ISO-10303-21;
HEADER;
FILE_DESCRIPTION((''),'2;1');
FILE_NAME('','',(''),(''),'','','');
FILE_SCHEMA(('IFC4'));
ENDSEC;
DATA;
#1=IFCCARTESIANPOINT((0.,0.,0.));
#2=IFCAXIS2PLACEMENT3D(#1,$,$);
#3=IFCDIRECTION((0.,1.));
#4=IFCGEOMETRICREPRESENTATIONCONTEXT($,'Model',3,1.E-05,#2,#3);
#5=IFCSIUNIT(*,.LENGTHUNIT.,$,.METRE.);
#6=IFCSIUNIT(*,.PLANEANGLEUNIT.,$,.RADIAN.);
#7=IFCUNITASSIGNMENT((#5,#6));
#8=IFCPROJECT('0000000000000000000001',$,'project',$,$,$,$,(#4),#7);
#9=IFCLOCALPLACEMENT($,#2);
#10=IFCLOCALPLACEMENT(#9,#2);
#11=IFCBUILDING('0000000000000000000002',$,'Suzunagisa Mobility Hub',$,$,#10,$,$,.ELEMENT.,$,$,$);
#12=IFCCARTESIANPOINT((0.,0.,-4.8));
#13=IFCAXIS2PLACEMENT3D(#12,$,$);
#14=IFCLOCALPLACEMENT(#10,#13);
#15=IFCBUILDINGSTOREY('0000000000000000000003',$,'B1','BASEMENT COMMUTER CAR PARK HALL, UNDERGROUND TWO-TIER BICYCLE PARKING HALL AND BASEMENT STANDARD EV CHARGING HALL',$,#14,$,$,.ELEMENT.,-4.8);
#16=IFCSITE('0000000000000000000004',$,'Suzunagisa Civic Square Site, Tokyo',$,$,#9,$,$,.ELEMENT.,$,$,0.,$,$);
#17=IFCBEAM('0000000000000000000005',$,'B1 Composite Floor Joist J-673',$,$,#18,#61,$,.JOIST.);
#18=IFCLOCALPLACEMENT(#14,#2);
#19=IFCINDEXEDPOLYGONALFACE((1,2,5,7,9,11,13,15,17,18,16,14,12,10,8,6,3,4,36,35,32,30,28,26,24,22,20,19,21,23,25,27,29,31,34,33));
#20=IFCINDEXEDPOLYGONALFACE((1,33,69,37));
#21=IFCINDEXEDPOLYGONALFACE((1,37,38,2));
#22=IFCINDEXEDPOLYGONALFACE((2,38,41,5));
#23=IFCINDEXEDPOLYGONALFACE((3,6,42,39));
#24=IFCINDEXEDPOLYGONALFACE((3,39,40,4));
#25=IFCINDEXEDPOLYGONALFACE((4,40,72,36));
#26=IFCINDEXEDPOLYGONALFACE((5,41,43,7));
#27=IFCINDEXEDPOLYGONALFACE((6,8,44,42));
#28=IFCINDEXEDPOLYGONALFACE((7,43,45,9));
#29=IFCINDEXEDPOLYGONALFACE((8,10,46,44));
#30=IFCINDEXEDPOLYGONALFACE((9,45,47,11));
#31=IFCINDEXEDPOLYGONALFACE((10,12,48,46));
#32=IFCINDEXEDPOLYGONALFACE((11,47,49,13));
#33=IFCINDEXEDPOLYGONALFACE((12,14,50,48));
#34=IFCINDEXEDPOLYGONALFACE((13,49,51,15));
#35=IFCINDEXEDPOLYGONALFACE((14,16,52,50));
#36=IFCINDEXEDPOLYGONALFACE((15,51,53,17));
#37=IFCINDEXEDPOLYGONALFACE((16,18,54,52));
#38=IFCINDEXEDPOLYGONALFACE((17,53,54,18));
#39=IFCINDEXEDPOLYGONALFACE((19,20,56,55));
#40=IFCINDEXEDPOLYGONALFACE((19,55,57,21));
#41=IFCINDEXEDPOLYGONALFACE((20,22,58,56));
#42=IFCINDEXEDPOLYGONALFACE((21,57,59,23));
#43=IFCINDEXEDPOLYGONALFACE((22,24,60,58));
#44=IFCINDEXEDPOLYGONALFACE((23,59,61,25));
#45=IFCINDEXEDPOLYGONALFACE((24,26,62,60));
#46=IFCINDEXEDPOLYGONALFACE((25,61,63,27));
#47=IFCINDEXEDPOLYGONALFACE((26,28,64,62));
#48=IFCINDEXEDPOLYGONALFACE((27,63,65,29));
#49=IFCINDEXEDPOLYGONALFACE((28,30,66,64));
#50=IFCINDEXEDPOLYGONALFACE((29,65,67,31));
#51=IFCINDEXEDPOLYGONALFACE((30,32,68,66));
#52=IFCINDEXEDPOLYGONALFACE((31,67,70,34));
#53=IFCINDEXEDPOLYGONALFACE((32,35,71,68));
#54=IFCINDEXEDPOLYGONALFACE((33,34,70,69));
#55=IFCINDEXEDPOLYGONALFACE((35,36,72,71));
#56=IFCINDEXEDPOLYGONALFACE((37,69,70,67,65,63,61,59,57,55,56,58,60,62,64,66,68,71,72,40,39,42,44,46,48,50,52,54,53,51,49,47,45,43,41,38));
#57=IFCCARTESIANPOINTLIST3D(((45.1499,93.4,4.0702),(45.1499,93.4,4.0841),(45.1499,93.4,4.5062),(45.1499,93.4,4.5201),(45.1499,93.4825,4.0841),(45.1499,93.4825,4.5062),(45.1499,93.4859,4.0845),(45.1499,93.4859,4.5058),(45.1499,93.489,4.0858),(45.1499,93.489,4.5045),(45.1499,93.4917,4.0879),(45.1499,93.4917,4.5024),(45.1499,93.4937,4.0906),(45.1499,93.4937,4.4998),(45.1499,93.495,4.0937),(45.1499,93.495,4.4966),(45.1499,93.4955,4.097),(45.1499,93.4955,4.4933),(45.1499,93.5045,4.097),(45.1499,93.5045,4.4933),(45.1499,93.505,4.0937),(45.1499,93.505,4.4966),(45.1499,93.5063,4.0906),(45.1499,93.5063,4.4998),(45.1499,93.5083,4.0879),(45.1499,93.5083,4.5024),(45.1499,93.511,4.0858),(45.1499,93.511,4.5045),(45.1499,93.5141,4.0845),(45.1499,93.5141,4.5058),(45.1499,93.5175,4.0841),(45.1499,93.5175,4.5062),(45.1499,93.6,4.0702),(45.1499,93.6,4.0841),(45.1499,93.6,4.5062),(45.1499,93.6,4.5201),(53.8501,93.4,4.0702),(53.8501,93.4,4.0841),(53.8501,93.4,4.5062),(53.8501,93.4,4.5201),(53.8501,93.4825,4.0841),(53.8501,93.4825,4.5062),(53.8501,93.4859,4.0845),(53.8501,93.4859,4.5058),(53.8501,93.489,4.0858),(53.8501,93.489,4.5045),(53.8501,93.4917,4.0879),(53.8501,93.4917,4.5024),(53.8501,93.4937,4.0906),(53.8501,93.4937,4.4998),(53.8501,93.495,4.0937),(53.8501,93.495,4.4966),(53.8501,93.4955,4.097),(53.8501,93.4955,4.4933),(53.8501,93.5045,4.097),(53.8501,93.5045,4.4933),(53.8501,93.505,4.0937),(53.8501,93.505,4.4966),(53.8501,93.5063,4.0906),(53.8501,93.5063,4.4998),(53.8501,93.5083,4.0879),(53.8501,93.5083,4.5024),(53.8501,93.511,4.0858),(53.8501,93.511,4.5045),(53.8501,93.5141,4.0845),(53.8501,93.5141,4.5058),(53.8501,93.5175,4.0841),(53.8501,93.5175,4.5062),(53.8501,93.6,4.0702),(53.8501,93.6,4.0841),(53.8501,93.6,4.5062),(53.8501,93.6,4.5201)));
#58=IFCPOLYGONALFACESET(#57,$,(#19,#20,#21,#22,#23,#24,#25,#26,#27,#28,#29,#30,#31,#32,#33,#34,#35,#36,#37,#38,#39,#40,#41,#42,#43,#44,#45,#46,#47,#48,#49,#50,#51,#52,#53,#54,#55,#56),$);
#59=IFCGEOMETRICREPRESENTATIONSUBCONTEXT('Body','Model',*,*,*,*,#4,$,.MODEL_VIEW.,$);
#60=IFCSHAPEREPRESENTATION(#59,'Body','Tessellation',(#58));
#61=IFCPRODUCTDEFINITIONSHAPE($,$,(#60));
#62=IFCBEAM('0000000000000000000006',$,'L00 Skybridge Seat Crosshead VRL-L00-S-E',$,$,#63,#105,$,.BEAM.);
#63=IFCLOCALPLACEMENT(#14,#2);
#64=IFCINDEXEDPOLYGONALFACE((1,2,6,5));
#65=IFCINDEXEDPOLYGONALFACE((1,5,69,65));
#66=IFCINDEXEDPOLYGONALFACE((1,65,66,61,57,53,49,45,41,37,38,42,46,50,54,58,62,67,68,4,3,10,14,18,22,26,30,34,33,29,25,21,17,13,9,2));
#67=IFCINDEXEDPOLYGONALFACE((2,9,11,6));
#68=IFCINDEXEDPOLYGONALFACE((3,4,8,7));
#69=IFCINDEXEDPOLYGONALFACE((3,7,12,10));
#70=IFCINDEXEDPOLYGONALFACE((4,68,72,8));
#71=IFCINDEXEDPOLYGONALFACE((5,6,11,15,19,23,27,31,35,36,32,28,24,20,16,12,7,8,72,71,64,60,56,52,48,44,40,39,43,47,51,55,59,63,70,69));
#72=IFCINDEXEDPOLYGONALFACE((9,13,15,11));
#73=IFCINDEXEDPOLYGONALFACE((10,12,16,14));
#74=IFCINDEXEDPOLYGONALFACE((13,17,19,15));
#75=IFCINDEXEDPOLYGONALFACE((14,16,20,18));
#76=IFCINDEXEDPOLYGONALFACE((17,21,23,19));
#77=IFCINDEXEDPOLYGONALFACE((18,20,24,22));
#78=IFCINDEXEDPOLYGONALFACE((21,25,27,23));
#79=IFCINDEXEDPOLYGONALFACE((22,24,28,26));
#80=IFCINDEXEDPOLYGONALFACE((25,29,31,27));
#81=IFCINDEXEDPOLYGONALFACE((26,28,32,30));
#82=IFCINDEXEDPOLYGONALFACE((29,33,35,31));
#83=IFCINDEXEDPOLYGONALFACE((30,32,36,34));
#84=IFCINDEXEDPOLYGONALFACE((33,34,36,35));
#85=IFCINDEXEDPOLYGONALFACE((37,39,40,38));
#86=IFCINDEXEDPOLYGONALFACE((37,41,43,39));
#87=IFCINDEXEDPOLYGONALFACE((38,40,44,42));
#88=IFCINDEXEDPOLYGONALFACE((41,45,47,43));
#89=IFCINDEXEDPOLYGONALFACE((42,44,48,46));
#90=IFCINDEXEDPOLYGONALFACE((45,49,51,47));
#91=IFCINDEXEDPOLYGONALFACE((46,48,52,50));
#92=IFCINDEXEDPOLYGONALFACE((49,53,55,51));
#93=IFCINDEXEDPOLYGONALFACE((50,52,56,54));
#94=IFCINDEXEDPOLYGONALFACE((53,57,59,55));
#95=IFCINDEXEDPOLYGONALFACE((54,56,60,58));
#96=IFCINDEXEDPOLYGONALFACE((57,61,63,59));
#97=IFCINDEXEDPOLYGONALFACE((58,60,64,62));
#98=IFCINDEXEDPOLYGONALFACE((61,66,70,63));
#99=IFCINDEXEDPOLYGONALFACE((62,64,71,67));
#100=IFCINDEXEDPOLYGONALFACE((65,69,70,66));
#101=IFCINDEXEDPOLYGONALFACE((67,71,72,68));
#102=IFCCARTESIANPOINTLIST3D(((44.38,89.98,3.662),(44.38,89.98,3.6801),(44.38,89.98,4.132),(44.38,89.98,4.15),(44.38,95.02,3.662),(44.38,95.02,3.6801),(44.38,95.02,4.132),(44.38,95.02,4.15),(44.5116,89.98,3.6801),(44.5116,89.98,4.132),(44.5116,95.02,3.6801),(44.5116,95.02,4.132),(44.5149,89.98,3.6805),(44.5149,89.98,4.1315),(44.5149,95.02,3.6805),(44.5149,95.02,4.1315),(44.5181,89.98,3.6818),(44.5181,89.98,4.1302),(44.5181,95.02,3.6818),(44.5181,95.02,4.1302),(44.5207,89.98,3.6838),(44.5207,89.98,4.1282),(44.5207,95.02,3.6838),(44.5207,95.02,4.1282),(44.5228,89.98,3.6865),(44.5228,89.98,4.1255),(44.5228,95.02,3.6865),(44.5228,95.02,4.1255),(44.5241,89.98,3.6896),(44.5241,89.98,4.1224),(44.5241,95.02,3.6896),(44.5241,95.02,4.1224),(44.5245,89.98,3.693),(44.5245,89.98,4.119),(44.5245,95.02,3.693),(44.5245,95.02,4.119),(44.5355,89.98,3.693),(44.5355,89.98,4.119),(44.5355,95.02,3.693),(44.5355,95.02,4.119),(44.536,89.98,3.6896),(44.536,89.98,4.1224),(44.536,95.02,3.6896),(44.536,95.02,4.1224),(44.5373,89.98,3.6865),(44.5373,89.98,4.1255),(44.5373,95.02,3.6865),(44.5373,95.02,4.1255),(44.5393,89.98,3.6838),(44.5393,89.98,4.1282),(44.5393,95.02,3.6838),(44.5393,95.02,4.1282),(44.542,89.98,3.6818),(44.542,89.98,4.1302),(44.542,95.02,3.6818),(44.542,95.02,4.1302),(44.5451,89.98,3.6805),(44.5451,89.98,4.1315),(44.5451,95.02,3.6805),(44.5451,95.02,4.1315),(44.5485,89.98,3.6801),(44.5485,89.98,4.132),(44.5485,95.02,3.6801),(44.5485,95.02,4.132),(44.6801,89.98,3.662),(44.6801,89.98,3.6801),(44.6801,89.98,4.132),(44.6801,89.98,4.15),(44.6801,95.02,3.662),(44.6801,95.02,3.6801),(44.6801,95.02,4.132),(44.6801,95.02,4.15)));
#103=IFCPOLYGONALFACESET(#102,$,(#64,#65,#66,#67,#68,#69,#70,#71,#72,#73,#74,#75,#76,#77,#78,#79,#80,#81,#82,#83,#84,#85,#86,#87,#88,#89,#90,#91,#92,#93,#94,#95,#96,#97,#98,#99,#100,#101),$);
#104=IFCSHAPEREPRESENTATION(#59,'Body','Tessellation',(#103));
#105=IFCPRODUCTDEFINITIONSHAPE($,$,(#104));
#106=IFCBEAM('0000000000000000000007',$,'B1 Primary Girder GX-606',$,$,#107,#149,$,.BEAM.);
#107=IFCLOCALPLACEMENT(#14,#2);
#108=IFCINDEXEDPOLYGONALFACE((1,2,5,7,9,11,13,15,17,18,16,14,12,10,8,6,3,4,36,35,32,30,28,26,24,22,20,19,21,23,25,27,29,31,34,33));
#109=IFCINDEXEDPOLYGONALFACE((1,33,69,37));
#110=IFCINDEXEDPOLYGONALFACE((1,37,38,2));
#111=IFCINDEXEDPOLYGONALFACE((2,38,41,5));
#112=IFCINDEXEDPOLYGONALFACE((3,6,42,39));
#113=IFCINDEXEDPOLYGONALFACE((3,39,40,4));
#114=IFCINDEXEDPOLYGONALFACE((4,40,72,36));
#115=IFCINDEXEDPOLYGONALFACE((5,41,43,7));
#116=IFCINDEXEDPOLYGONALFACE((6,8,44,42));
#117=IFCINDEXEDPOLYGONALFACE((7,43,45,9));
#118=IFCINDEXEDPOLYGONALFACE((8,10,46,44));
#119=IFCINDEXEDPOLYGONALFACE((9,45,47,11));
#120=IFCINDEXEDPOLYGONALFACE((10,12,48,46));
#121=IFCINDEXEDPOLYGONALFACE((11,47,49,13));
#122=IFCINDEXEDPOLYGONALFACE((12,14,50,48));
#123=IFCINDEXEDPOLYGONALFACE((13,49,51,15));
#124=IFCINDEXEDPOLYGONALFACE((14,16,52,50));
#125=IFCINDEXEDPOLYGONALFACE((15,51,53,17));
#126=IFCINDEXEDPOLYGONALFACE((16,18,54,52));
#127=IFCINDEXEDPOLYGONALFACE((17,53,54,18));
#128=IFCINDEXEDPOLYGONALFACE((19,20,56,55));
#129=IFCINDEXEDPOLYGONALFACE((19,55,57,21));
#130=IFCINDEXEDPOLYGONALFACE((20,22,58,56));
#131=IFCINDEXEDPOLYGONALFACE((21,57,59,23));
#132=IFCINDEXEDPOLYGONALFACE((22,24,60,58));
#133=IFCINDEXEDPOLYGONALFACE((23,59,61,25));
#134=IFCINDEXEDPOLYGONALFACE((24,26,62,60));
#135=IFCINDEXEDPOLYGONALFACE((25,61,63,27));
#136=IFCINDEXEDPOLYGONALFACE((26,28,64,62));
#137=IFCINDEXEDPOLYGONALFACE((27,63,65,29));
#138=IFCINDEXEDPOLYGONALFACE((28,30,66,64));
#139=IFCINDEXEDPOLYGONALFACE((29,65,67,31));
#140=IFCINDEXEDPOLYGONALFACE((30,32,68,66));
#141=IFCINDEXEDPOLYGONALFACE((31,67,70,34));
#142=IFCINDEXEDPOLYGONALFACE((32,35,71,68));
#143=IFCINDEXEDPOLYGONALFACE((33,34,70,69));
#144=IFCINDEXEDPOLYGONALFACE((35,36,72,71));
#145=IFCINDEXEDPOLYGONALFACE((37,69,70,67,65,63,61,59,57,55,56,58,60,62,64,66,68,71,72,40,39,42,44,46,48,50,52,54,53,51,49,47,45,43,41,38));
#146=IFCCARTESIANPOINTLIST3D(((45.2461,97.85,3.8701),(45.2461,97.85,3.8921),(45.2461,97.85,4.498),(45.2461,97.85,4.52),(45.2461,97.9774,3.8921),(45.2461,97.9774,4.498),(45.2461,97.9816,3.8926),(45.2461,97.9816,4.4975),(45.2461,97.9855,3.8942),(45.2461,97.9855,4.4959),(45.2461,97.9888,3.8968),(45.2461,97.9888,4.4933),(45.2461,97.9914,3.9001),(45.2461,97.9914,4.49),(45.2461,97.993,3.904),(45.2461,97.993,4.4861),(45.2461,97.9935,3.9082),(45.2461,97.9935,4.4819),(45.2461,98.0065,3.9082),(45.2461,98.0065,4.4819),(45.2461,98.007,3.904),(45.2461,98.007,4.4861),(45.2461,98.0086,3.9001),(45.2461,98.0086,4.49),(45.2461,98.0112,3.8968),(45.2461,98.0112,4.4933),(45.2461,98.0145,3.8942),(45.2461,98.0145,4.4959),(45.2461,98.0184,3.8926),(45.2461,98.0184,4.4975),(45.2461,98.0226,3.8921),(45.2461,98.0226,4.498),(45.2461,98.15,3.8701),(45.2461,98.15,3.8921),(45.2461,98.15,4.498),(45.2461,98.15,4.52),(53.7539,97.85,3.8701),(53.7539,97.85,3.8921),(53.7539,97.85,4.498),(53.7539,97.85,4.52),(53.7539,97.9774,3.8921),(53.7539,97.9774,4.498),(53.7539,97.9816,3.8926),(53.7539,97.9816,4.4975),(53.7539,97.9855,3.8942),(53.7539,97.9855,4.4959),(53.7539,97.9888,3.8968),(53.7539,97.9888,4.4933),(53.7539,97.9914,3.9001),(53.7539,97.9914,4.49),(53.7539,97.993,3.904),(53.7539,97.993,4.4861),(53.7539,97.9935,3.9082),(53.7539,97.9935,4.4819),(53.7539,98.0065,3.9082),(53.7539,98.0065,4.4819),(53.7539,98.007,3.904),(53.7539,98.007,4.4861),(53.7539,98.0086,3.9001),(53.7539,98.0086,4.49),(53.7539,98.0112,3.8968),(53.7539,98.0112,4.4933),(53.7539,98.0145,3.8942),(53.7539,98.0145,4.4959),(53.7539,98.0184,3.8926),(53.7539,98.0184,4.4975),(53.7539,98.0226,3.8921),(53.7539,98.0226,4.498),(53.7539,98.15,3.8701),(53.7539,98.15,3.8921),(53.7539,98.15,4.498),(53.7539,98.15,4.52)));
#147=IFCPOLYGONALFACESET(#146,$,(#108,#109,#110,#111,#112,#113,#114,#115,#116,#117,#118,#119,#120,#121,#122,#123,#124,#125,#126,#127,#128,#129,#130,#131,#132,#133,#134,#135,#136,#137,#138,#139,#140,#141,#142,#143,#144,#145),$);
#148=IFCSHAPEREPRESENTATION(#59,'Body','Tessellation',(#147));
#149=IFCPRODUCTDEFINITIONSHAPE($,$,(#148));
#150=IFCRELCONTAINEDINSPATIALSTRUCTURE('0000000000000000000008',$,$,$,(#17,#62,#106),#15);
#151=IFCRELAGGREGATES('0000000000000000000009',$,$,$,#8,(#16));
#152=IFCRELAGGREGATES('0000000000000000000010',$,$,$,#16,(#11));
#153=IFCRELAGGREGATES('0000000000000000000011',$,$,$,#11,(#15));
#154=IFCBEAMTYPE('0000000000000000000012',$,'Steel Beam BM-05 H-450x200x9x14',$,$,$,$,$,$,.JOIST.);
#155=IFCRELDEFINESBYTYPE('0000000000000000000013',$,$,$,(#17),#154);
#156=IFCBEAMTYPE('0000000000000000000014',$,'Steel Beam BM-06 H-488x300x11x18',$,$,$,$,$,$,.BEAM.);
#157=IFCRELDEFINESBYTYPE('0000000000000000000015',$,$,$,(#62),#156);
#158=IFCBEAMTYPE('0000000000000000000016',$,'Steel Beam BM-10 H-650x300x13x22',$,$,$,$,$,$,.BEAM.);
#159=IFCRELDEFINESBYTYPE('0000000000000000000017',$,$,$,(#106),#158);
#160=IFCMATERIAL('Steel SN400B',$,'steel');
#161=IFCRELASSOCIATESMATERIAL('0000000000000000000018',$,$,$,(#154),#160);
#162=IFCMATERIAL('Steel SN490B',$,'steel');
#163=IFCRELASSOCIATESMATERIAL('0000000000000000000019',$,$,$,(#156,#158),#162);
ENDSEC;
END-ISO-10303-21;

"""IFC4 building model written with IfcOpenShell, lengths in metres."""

from ifc_helpers import new_model, si_unit, direction, frame, origin, origin_2d, place, context, subcontext, project, spatial, i_section, extrude, material, material_profile, profile_set, type_object, element, save


model = new_model("IFC4")

# Units and contexts
model_context = context("Model", 3, precision=1e-05, world=origin(), true_north=direction((0.0, 1.0)))
body_context = subcontext(model_context, "Body", "Model", "MODEL_VIEW")
ifc_project = project(units=[si_unit("LENGTHUNIT", "METRE"), si_unit("PLANEANGLEUNIT", "RADIAN")], contexts=[model_context])

# Site, building, storey
site_placement = place(None, origin())
site = spatial("IfcSite", under=ifc_project, at=site_placement, Name="Suzunagisa Civic Square Site, Tokyo", CompositionType="ELEMENT", RefElevation=0.0)
building_placement = place(site_placement, origin())
building = spatial("IfcBuilding", under=site, at=building_placement, Name="Suzunagisa Mobility Hub", CompositionType="ELEMENT")
storey_placement = place(building_placement, frame((0.0, 0.0, -4.8)))
storey = spatial("IfcBuildingStorey", under=building, at=storey_placement, Name="B1", Description="BASEMENT COMMUTER CAR PARK HALL, UNDERGROUND TWO-TIER BICYCLE PARKING HALL AND BASEMENT STANDARD EV CHARGING HALL", CompositionType="ELEMENT", Elevation=-4.8)

# Shared definitions
ifc_material_1 = material(Name="Steel SN490B", Category="steel")

# Beams
ifc_material_2 = material(Name="Steel SN400B", Category="steel")
ifc_material_profile_1 = material_profile(ifc_material_2, i_section(OverallWidth=0.2, OverallDepth=0.45, WebThickness=0.009, FlangeThickness=0.0139, FilletRadius=0.0129, at=origin_2d()), Name="H-450x200x9x14")
ifc_profile_set_1 = profile_set([ifc_material_profile_1], Name="Steel SN400B")
beam_type_1 = type_object("IfcBeamType", Name="Steel Beam BM-05 H-450x200x9x14", PredefinedType="JOIST", material=ifc_profile_set_1)
beam_1_placement = place(storey_placement, frame((45.1499, 93.5, 4.2952), z_axis=(1.0, 0.0, 0.0), x_axis=(0.0, 1.0, 0.0)))
element("IfcBeam", 1, at=beam_1_placement, inside=storey, type_object=beam_type_1, Name="B1 Composite Floor Joist J-673", PredefinedType="JOIST", context=body_context, shape_type="SweptSolid", body=[
    extrude(i_section(OverallWidth=0.2, OverallDepth=0.45, WebThickness=0.009, FlangeThickness=0.0139, FilletRadius=0.0129, at=origin_2d()), origin(), (0.0, 0.0, 1.0), 8.7002),
])
ifc_material_profile_2 = material_profile(ifc_material_1, i_section(OverallWidth=0.3, OverallDepth=0.488, WebThickness=0.011, FlangeThickness=0.0181, FilletRadius=0.0129, at=origin_2d()), Name="H-488x300x11x18")
ifc_profile_set_2 = profile_set([ifc_material_profile_2], Name="Steel SN490B")
beam_type_2 = type_object("IfcBeamType", Name="Steel Beam BM-06 H-488x300x11x18", PredefinedType="BEAM", material=ifc_profile_set_2)
beam_2_placement = place(storey_placement, frame((44.53, 89.98, 3.906), z_axis=(0.0, 1.0, 0.0), x_axis=(-1.0, 0.0, 0.0)))
element("IfcBeam", 2, at=beam_2_placement, inside=storey, type_object=beam_type_2, Name="L00 Skybridge Seat Crosshead VRL-L00-S-E", PredefinedType="BEAM", context=body_context, shape_type="SweptSolid", body=[
    extrude(i_section(OverallWidth=0.3, OverallDepth=0.488, WebThickness=0.011, FlangeThickness=0.0181, FilletRadius=0.0129, at=origin_2d()), origin(), (0.0, 0.0, 1.0), 5.04),
])
ifc_material_profile_3 = material_profile(ifc_material_1, i_section(OverallWidth=0.3, OverallDepth=0.6499, WebThickness=0.0129, FlangeThickness=0.022, FilletRadius=0.0161, at=origin_2d()), Name="H-650x300x13x22")
ifc_profile_set_3 = profile_set([ifc_material_profile_3], Name="Steel SN490B")
beam_type_3 = type_object("IfcBeamType", Name="Steel Beam BM-10 H-650x300x13x22", PredefinedType="BEAM", material=ifc_profile_set_3)
beam_3_placement = place(storey_placement, frame((45.2461, 98.0, 4.1951), z_axis=(1.0, 0.0, 0.0), x_axis=(0.0, 1.0, 0.0)))
element("IfcBeam", 3, at=beam_3_placement, inside=storey, type_object=beam_type_3, Name="B1 Primary Girder GX-606", PredefinedType="BEAM", context=body_context, shape_type="SweptSolid", body=[
    extrude(i_section(OverallWidth=0.3, OverallDepth=0.6499, WebThickness=0.0129, FlangeThickness=0.022, FilletRadius=0.0161, at=origin_2d()), origin(), (0.0, 0.0, 1.0), 8.5078),
])

save(model, "model.ifc")
